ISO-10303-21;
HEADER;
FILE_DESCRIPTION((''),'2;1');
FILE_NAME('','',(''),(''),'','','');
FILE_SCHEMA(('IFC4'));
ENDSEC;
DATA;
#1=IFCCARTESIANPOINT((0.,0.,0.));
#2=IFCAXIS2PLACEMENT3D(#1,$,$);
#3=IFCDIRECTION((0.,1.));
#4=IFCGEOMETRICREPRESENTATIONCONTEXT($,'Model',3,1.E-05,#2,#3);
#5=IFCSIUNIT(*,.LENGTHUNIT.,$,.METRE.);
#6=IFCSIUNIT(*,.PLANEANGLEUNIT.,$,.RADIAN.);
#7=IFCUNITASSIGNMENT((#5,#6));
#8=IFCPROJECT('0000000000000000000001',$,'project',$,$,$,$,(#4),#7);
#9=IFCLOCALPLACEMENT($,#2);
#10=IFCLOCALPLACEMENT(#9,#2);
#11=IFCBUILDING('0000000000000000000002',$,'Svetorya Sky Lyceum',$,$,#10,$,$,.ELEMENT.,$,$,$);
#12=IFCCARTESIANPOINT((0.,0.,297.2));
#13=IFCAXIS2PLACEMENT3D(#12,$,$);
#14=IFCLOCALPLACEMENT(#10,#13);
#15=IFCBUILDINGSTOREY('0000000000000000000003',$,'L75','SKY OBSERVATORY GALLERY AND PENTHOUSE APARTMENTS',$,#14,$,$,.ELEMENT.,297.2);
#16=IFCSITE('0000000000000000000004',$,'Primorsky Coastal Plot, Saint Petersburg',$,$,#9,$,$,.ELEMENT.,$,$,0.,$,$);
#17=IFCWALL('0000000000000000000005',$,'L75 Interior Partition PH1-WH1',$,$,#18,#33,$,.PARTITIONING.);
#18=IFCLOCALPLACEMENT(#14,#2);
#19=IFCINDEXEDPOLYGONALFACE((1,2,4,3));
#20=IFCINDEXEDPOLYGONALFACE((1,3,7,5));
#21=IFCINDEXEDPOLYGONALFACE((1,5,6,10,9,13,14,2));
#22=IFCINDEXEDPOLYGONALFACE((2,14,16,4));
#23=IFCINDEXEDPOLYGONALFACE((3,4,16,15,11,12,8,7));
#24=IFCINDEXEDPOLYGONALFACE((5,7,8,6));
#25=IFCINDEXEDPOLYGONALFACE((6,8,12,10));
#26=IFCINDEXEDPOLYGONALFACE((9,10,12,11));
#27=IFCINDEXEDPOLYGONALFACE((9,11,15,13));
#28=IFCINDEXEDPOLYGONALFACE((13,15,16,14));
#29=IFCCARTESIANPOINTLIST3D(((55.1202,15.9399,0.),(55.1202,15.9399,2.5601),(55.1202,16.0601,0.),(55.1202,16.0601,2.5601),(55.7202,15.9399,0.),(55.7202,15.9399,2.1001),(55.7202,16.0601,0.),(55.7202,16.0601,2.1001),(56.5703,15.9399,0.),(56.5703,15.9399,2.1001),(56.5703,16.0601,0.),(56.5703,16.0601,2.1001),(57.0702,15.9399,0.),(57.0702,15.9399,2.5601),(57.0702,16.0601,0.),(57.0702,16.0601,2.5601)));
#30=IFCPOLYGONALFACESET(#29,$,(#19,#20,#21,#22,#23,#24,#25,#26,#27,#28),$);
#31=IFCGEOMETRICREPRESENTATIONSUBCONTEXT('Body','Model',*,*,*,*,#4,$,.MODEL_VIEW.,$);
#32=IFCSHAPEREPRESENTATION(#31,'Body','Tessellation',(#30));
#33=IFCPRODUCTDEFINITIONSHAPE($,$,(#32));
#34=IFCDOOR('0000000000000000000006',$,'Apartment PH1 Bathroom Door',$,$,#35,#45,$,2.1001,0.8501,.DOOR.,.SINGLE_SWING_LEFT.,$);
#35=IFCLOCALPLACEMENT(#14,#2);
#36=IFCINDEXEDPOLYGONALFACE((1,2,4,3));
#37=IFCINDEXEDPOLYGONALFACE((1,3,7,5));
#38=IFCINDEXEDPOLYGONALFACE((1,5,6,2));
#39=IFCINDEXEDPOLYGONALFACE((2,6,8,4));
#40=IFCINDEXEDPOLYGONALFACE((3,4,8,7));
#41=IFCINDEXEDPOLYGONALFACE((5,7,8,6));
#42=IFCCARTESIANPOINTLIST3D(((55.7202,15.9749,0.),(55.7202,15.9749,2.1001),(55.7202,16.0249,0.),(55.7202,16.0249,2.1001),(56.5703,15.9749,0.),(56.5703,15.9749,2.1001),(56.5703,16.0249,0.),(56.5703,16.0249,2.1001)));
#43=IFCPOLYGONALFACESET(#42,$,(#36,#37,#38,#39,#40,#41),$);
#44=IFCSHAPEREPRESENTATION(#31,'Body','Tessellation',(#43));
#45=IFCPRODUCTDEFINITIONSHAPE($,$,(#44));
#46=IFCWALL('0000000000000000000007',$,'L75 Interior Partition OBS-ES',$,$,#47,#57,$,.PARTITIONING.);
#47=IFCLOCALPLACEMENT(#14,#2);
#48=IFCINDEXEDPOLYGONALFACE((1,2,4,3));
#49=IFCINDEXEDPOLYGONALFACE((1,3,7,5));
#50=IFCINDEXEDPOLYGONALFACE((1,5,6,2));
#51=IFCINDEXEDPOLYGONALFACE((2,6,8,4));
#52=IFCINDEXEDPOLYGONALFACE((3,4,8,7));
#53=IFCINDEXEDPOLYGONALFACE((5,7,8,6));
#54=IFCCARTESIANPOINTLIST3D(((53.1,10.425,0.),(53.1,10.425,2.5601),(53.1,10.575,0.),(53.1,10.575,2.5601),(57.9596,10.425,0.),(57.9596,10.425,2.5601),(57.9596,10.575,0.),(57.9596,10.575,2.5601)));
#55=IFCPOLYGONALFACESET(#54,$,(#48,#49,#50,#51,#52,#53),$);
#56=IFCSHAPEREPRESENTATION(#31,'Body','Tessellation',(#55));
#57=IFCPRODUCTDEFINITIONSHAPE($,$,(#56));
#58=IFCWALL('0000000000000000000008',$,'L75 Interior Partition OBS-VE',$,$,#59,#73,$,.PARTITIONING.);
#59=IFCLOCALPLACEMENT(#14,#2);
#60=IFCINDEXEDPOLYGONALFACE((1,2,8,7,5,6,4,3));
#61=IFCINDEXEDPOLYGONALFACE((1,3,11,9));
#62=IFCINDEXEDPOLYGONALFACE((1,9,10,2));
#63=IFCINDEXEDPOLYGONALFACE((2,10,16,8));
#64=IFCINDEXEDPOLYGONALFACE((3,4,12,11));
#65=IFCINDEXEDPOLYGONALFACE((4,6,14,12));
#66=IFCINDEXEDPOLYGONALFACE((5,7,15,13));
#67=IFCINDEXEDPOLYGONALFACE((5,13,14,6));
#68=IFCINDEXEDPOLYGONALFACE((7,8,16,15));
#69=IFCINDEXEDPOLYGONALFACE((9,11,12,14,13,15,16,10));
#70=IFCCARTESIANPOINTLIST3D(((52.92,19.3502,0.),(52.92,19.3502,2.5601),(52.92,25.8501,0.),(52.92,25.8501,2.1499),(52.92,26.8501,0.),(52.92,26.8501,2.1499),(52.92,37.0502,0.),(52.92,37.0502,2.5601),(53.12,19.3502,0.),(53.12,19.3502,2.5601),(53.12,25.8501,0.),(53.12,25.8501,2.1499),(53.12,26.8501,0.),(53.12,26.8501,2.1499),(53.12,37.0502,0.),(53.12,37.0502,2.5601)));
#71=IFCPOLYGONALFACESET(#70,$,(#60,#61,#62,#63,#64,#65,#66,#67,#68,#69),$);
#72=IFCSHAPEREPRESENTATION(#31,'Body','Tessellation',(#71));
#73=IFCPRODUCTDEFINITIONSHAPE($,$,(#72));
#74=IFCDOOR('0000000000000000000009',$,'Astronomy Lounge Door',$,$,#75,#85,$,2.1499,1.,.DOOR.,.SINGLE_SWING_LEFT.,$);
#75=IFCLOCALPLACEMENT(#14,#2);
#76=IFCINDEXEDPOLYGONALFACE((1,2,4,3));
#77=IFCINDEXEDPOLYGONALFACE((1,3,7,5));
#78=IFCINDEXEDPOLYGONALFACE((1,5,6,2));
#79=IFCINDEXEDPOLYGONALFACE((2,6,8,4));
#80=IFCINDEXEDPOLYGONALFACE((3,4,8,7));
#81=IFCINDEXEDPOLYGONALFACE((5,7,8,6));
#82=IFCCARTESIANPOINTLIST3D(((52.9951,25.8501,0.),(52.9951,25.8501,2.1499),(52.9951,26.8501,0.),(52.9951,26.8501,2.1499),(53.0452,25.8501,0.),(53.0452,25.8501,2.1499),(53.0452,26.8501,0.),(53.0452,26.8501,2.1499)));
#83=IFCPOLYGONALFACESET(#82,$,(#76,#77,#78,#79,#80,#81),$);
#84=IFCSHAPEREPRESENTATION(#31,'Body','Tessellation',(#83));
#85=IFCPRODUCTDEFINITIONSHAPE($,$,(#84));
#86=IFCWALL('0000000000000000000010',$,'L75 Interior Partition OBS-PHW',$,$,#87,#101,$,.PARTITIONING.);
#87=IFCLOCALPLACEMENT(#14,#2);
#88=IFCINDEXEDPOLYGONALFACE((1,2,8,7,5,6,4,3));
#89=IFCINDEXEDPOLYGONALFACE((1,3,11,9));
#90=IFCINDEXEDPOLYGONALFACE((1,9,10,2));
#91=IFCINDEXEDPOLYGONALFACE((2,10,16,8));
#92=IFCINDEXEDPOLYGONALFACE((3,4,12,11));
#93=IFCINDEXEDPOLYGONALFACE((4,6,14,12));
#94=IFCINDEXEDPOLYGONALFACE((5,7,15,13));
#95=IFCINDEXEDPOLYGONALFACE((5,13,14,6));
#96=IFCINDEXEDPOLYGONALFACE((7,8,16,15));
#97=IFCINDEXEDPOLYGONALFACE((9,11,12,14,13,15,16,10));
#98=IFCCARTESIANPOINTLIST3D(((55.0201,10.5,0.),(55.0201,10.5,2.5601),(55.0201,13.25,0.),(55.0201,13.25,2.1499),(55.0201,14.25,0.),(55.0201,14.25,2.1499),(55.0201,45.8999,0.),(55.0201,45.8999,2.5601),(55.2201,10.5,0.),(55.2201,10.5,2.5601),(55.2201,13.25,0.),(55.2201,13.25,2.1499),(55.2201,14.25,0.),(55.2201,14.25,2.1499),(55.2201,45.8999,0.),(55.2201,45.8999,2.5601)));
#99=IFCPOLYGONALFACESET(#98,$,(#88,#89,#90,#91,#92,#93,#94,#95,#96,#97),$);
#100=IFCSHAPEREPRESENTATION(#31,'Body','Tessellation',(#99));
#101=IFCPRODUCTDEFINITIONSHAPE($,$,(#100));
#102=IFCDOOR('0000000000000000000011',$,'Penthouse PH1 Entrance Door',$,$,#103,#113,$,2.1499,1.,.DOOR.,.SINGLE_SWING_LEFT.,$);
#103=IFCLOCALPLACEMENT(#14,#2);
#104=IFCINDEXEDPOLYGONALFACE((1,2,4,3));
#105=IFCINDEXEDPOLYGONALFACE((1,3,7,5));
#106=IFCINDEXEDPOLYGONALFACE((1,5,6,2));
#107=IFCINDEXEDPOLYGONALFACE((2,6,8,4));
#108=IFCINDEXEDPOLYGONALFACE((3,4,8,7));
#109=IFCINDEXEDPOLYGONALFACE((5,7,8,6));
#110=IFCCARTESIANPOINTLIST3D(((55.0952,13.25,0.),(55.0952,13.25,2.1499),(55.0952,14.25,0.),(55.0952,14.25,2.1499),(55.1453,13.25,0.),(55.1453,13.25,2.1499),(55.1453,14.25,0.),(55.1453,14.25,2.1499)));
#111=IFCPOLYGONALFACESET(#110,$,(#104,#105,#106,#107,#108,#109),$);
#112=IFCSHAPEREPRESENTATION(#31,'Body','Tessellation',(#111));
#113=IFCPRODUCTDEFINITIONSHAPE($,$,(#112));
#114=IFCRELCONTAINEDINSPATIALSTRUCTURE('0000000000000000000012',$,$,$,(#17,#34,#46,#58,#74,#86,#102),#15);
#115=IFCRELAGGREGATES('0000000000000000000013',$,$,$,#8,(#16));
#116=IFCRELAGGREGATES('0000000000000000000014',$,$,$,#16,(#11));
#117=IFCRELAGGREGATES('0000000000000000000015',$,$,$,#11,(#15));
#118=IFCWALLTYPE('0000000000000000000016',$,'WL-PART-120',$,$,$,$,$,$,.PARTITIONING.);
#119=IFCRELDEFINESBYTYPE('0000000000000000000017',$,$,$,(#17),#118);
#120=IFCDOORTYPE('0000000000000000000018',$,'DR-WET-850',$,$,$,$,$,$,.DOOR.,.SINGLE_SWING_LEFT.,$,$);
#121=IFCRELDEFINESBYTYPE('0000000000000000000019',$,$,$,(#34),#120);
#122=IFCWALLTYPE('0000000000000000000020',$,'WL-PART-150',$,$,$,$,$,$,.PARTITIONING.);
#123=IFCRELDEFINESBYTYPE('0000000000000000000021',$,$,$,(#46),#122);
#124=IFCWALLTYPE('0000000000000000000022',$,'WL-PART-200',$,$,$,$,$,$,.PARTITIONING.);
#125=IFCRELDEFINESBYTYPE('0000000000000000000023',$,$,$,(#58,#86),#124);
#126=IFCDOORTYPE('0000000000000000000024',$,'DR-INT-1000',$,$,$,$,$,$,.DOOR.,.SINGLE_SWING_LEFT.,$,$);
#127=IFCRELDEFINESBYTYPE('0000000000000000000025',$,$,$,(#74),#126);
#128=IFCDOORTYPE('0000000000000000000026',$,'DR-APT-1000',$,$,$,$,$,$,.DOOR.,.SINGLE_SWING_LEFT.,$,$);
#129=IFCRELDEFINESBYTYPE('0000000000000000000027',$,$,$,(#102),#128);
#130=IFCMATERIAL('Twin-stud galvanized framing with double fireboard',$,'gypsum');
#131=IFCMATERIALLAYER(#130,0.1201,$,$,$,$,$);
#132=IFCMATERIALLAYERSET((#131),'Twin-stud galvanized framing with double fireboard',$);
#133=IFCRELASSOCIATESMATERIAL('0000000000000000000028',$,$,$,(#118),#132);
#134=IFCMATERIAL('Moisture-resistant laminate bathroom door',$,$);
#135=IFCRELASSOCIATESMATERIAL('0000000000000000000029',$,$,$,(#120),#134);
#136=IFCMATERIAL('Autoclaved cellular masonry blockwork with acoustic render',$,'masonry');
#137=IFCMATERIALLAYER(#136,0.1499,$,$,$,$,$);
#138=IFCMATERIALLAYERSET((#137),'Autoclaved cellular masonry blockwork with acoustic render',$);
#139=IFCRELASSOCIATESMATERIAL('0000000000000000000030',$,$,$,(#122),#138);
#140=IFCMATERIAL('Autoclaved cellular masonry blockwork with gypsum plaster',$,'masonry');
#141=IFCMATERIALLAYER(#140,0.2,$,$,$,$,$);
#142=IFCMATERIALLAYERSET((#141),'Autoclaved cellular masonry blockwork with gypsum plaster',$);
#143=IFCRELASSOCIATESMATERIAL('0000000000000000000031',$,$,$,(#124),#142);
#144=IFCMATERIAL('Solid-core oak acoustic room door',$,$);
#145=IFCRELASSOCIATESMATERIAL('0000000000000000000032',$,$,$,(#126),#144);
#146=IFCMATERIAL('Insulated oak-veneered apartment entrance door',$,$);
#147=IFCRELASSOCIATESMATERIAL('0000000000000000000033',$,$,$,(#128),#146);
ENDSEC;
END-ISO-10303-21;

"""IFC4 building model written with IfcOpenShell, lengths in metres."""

from ifc_helpers import new_model, si_unit, direction, frame, frame_2d, origin, place, context, subcontext, project, spatial, rectangle, extrude, material, layer, layer_set, type_object, element, fill, save


model = new_model("IFC4")

# Units and contexts
model_context = context("Model", 3, precision=1e-05, world=origin(), true_north=direction((0.0, 1.0)))
body_context = subcontext(model_context, "Body", "Model", "MODEL_VIEW")
ifc_project = project(units=[si_unit("LENGTHUNIT", "METRE"), si_unit("PLANEANGLEUNIT", "RADIAN")], contexts=[model_context])

# Site, building, storey
site_placement = place(None, origin())
site = spatial("IfcSite", under=ifc_project, at=site_placement, Name="Primorsky Coastal Plot, Saint Petersburg", CompositionType="ELEMENT", RefElevation=0.0)
building_placement = place(site_placement, origin())
building = spatial("IfcBuilding", under=site, at=building_placement, Name="Svetorya Sky Lyceum", CompositionType="ELEMENT")
storey_placement = place(building_placement, frame((0.0, 0.0, 297.2)))
storey = spatial("IfcBuildingStorey", under=building, at=storey_placement, Name="L75", Description="SKY OBSERVATORY GALLERY AND PENTHOUSE APARTMENTS", CompositionType="ELEMENT", Elevation=297.2)

# Wall, opening, door
ifc_material_1 = material(Name="Twin-stud galvanized framing with double fireboard", Category="gypsum")
ifc_layer_1 = layer(ifc_material_1, 0.1201)
ifc_layer_set_1 = layer_set([ifc_layer_1], Name="Twin-stud galvanized framing with double fireboard")
wall_type_1 = type_object("IfcWallType", Name="WL-PART-120", PredefinedType="PARTITIONING", material=ifc_layer_set_1)
wall_1_placement = place(storey_placement, frame((55.1201, 16.0, 0.0), z_axis=(0.0, 0.0, 1.0), x_axis=(1.0, 0.0, 0.0)))
wall_1 = element("IfcWall", 1, at=wall_1_placement, inside=storey, type_object=wall_type_1, Name="L75 Interior Partition PH1-WH1", PredefinedType="PARTITIONING", context=body_context, shape_type="SweptSolid", body=[
    extrude(rectangle(XDim=1.95, YDim=0.1201, at=frame_2d((0.9751, 0.0))), origin(), (0.0, 0.0, 1.0), 2.5601),
])
opening_1_placement = place(wall_1_placement, frame((0.6001, 0.0, 0.0)))
opening_1 = element("IfcOpeningElement", 2, at=opening_1_placement, cuts=wall_1, PredefinedType="OPENING", context=body_context, shape_type="SweptSolid", body=[
    extrude(rectangle(XDim=0.8501, YDim=2.1001, at=frame_2d((0.425, 1.05))), frame((0.0, 0.0701, 0.0), z_axis=(0.0, -1.0, 0.0), x_axis=(1.0, 0.0, 0.0)), (0.0, 0.0, 1.0), 0.1401),
])
ifc_material_2 = material(Name="Moisture-resistant laminate bathroom door")
door_type_1 = type_object("IfcDoorType", Name="DR-WET-850", OperationType="SINGLE_SWING_LEFT", PredefinedType="DOOR", material=ifc_material_2)
door_1_placement = place(opening_1_placement, origin())
door_1 = element("IfcDoor", 3, at=door_1_placement, inside=storey, type_object=door_type_1, Name="Apartment PH1 Bathroom Door", OperationType="SINGLE_SWING_LEFT", OverallHeight=2.1001, OverallWidth=0.8501, PredefinedType="DOOR", context=body_context, shape_type="SweptSolid", body=[
    extrude(rectangle(XDim=0.8501, YDim=2.1001, at=frame_2d((0.425, 1.05))), frame((0.0, 0.0249, 0.0), z_axis=(0.0, -1.0, 0.0), x_axis=(1.0, 0.0, 0.0)), (0.0, 0.0, 1.0), 0.05),
])
fill(opening_1, door_1)

# Wall
ifc_material_3 = material(Name="Autoclaved cellular masonry blockwork with acoustic render", Category="masonry")
ifc_layer_2 = layer(ifc_material_3, 0.1499)
ifc_layer_set_2 = layer_set([ifc_layer_2], Name="Autoclaved cellular masonry blockwork with acoustic render")
wall_type_2 = type_object("IfcWallType", Name="WL-PART-150", PredefinedType="PARTITIONING", material=ifc_layer_set_2)
wall_2_placement = place(storey_placement, frame((53.1001, 10.5, 0.0), z_axis=(0.0, 0.0, 1.0), x_axis=(1.0, 0.0, 0.0)))
element("IfcWall", 4, at=wall_2_placement, inside=storey, type_object=wall_type_2, Name="L75 Interior Partition OBS-ES", PredefinedType="PARTITIONING", context=body_context, shape_type="SweptSolid", body=[
    extrude(rectangle(XDim=4.8596, YDim=0.1499, at=frame_2d((2.4297, 0.0))), origin(), (0.0, 0.0, 1.0), 2.5601),
])

# Walls, openings, doors
ifc_material_4 = material(Name="Autoclaved cellular masonry blockwork with gypsum plaster", Category="masonry")
ifc_layer_3 = layer(ifc_material_4, 0.2)
ifc_layer_set_3 = layer_set([ifc_layer_3], Name="Autoclaved cellular masonry blockwork with gypsum plaster")
wall_type_3 = type_object("IfcWallType", Name="WL-PART-200", PredefinedType="PARTITIONING", material=ifc_layer_set_3)
wall_3_placement = place(storey_placement, frame((53.02, 19.3501, 0.0), z_axis=(0.0, 0.0, 1.0), x_axis=(0.0, 1.0, 0.0)))
wall_3 = element("IfcWall", 5, at=wall_3_placement, inside=storey, type_object=wall_type_3, Name="L75 Interior Partition OBS-VE", PredefinedType="PARTITIONING", context=body_context, shape_type="SweptSolid", body=[
    extrude(rectangle(XDim=17.7, YDim=0.2, at=frame_2d((8.8501, 0.0))), origin(), (0.0, 0.0, 1.0), 2.5601),
])
opening_2_placement = place(wall_3_placement, frame((6.5, 0.0, 0.0)))
opening_2 = element("IfcOpeningElement", 6, at=opening_2_placement, cuts=wall_3, PredefinedType="OPENING", context=body_context, shape_type="SweptSolid", body=[
    extrude(rectangle(XDim=1.0, YDim=2.1499, at=frame_2d((0.5, 1.075))), frame((0.0, 0.1099, 0.0), z_axis=(0.0, -1.0, 0.0), x_axis=(1.0, 0.0, 0.0)), (0.0, 0.0, 1.0), 0.22),
])
ifc_material_5 = material(Name="Solid-core oak acoustic room door")
door_type_2 = type_object("IfcDoorType", Name="DR-INT-1000", OperationType="SINGLE_SWING_LEFT", PredefinedType="DOOR", material=ifc_material_5)
door_2_placement = place(opening_2_placement, origin())
door_2 = element("IfcDoor", 7, at=door_2_placement, inside=storey, type_object=door_type_2, Name="Astronomy Lounge Door", OperationType="SINGLE_SWING_LEFT", OverallHeight=2.1499, OverallWidth=1.0, PredefinedType="DOOR", context=body_context, shape_type="SweptSolid", body=[
    extrude(rectangle(XDim=1.0, YDim=2.1499, at=frame_2d((0.5, 1.075))), frame((0.0, 0.0249, 0.0), z_axis=(0.0, -1.0, 0.0), x_axis=(1.0, 0.0, 0.0)), (0.0, 0.0, 1.0), 0.05),
])
fill(opening_2, door_2)
wall_4_placement = place(storey_placement, frame((55.1201, 10.5, 0.0), z_axis=(0.0, 0.0, 1.0), x_axis=(0.0, 1.0, 0.0)))
wall_4 = element("IfcWall", 8, at=wall_4_placement, inside=storey, type_object=wall_type_3, Name="L75 Interior Partition OBS-PHW", PredefinedType="PARTITIONING", context=body_context, shape_type="SweptSolid", body=[
    extrude(rectangle(XDim=35.3999, YDim=0.2, at=frame_2d((17.7, 0.0))), origin(), (0.0, 0.0, 1.0), 2.5601),
])
opening_3_placement = place(wall_4_placement, frame((2.75, 0.0, 0.0)))
opening_3 = element("IfcOpeningElement", 9, at=opening_3_placement, cuts=wall_4, PredefinedType="OPENING", context=body_context, shape_type="SweptSolid", body=[
    extrude(rectangle(XDim=1.0, YDim=2.1499, at=frame_2d((0.5, 1.075))), frame((0.0, 0.1099, 0.0), z_axis=(0.0, -1.0, 0.0), x_axis=(1.0, 0.0, 0.0)), (0.0, 0.0, 1.0), 0.22),
])
ifc_material_6 = material(Name="Insulated oak-veneered apartment entrance door")
door_type_3 = type_object("IfcDoorType", Name="DR-APT-1000", OperationType="SINGLE_SWING_LEFT", PredefinedType="DOOR", material=ifc_material_6)
door_3_placement = place(opening_3_placement, origin())
door_3 = element("IfcDoor", 10, at=door_3_placement, inside=storey, type_object=door_type_3, Name="Penthouse PH1 Entrance Door", OperationType="SINGLE_SWING_LEFT", OverallHeight=2.1499, OverallWidth=1.0, PredefinedType="DOOR", context=body_context, shape_type="SweptSolid", body=[
    extrude(rectangle(XDim=1.0, YDim=2.1499, at=frame_2d((0.5, 1.075))), frame((0.0, 0.0249, 0.0), z_axis=(0.0, -1.0, 0.0), x_axis=(1.0, 0.0, 0.0)), (0.0, 0.0, 1.0), 0.05),
])
fill(opening_3, door_3)

save(model, "model.ifc")
